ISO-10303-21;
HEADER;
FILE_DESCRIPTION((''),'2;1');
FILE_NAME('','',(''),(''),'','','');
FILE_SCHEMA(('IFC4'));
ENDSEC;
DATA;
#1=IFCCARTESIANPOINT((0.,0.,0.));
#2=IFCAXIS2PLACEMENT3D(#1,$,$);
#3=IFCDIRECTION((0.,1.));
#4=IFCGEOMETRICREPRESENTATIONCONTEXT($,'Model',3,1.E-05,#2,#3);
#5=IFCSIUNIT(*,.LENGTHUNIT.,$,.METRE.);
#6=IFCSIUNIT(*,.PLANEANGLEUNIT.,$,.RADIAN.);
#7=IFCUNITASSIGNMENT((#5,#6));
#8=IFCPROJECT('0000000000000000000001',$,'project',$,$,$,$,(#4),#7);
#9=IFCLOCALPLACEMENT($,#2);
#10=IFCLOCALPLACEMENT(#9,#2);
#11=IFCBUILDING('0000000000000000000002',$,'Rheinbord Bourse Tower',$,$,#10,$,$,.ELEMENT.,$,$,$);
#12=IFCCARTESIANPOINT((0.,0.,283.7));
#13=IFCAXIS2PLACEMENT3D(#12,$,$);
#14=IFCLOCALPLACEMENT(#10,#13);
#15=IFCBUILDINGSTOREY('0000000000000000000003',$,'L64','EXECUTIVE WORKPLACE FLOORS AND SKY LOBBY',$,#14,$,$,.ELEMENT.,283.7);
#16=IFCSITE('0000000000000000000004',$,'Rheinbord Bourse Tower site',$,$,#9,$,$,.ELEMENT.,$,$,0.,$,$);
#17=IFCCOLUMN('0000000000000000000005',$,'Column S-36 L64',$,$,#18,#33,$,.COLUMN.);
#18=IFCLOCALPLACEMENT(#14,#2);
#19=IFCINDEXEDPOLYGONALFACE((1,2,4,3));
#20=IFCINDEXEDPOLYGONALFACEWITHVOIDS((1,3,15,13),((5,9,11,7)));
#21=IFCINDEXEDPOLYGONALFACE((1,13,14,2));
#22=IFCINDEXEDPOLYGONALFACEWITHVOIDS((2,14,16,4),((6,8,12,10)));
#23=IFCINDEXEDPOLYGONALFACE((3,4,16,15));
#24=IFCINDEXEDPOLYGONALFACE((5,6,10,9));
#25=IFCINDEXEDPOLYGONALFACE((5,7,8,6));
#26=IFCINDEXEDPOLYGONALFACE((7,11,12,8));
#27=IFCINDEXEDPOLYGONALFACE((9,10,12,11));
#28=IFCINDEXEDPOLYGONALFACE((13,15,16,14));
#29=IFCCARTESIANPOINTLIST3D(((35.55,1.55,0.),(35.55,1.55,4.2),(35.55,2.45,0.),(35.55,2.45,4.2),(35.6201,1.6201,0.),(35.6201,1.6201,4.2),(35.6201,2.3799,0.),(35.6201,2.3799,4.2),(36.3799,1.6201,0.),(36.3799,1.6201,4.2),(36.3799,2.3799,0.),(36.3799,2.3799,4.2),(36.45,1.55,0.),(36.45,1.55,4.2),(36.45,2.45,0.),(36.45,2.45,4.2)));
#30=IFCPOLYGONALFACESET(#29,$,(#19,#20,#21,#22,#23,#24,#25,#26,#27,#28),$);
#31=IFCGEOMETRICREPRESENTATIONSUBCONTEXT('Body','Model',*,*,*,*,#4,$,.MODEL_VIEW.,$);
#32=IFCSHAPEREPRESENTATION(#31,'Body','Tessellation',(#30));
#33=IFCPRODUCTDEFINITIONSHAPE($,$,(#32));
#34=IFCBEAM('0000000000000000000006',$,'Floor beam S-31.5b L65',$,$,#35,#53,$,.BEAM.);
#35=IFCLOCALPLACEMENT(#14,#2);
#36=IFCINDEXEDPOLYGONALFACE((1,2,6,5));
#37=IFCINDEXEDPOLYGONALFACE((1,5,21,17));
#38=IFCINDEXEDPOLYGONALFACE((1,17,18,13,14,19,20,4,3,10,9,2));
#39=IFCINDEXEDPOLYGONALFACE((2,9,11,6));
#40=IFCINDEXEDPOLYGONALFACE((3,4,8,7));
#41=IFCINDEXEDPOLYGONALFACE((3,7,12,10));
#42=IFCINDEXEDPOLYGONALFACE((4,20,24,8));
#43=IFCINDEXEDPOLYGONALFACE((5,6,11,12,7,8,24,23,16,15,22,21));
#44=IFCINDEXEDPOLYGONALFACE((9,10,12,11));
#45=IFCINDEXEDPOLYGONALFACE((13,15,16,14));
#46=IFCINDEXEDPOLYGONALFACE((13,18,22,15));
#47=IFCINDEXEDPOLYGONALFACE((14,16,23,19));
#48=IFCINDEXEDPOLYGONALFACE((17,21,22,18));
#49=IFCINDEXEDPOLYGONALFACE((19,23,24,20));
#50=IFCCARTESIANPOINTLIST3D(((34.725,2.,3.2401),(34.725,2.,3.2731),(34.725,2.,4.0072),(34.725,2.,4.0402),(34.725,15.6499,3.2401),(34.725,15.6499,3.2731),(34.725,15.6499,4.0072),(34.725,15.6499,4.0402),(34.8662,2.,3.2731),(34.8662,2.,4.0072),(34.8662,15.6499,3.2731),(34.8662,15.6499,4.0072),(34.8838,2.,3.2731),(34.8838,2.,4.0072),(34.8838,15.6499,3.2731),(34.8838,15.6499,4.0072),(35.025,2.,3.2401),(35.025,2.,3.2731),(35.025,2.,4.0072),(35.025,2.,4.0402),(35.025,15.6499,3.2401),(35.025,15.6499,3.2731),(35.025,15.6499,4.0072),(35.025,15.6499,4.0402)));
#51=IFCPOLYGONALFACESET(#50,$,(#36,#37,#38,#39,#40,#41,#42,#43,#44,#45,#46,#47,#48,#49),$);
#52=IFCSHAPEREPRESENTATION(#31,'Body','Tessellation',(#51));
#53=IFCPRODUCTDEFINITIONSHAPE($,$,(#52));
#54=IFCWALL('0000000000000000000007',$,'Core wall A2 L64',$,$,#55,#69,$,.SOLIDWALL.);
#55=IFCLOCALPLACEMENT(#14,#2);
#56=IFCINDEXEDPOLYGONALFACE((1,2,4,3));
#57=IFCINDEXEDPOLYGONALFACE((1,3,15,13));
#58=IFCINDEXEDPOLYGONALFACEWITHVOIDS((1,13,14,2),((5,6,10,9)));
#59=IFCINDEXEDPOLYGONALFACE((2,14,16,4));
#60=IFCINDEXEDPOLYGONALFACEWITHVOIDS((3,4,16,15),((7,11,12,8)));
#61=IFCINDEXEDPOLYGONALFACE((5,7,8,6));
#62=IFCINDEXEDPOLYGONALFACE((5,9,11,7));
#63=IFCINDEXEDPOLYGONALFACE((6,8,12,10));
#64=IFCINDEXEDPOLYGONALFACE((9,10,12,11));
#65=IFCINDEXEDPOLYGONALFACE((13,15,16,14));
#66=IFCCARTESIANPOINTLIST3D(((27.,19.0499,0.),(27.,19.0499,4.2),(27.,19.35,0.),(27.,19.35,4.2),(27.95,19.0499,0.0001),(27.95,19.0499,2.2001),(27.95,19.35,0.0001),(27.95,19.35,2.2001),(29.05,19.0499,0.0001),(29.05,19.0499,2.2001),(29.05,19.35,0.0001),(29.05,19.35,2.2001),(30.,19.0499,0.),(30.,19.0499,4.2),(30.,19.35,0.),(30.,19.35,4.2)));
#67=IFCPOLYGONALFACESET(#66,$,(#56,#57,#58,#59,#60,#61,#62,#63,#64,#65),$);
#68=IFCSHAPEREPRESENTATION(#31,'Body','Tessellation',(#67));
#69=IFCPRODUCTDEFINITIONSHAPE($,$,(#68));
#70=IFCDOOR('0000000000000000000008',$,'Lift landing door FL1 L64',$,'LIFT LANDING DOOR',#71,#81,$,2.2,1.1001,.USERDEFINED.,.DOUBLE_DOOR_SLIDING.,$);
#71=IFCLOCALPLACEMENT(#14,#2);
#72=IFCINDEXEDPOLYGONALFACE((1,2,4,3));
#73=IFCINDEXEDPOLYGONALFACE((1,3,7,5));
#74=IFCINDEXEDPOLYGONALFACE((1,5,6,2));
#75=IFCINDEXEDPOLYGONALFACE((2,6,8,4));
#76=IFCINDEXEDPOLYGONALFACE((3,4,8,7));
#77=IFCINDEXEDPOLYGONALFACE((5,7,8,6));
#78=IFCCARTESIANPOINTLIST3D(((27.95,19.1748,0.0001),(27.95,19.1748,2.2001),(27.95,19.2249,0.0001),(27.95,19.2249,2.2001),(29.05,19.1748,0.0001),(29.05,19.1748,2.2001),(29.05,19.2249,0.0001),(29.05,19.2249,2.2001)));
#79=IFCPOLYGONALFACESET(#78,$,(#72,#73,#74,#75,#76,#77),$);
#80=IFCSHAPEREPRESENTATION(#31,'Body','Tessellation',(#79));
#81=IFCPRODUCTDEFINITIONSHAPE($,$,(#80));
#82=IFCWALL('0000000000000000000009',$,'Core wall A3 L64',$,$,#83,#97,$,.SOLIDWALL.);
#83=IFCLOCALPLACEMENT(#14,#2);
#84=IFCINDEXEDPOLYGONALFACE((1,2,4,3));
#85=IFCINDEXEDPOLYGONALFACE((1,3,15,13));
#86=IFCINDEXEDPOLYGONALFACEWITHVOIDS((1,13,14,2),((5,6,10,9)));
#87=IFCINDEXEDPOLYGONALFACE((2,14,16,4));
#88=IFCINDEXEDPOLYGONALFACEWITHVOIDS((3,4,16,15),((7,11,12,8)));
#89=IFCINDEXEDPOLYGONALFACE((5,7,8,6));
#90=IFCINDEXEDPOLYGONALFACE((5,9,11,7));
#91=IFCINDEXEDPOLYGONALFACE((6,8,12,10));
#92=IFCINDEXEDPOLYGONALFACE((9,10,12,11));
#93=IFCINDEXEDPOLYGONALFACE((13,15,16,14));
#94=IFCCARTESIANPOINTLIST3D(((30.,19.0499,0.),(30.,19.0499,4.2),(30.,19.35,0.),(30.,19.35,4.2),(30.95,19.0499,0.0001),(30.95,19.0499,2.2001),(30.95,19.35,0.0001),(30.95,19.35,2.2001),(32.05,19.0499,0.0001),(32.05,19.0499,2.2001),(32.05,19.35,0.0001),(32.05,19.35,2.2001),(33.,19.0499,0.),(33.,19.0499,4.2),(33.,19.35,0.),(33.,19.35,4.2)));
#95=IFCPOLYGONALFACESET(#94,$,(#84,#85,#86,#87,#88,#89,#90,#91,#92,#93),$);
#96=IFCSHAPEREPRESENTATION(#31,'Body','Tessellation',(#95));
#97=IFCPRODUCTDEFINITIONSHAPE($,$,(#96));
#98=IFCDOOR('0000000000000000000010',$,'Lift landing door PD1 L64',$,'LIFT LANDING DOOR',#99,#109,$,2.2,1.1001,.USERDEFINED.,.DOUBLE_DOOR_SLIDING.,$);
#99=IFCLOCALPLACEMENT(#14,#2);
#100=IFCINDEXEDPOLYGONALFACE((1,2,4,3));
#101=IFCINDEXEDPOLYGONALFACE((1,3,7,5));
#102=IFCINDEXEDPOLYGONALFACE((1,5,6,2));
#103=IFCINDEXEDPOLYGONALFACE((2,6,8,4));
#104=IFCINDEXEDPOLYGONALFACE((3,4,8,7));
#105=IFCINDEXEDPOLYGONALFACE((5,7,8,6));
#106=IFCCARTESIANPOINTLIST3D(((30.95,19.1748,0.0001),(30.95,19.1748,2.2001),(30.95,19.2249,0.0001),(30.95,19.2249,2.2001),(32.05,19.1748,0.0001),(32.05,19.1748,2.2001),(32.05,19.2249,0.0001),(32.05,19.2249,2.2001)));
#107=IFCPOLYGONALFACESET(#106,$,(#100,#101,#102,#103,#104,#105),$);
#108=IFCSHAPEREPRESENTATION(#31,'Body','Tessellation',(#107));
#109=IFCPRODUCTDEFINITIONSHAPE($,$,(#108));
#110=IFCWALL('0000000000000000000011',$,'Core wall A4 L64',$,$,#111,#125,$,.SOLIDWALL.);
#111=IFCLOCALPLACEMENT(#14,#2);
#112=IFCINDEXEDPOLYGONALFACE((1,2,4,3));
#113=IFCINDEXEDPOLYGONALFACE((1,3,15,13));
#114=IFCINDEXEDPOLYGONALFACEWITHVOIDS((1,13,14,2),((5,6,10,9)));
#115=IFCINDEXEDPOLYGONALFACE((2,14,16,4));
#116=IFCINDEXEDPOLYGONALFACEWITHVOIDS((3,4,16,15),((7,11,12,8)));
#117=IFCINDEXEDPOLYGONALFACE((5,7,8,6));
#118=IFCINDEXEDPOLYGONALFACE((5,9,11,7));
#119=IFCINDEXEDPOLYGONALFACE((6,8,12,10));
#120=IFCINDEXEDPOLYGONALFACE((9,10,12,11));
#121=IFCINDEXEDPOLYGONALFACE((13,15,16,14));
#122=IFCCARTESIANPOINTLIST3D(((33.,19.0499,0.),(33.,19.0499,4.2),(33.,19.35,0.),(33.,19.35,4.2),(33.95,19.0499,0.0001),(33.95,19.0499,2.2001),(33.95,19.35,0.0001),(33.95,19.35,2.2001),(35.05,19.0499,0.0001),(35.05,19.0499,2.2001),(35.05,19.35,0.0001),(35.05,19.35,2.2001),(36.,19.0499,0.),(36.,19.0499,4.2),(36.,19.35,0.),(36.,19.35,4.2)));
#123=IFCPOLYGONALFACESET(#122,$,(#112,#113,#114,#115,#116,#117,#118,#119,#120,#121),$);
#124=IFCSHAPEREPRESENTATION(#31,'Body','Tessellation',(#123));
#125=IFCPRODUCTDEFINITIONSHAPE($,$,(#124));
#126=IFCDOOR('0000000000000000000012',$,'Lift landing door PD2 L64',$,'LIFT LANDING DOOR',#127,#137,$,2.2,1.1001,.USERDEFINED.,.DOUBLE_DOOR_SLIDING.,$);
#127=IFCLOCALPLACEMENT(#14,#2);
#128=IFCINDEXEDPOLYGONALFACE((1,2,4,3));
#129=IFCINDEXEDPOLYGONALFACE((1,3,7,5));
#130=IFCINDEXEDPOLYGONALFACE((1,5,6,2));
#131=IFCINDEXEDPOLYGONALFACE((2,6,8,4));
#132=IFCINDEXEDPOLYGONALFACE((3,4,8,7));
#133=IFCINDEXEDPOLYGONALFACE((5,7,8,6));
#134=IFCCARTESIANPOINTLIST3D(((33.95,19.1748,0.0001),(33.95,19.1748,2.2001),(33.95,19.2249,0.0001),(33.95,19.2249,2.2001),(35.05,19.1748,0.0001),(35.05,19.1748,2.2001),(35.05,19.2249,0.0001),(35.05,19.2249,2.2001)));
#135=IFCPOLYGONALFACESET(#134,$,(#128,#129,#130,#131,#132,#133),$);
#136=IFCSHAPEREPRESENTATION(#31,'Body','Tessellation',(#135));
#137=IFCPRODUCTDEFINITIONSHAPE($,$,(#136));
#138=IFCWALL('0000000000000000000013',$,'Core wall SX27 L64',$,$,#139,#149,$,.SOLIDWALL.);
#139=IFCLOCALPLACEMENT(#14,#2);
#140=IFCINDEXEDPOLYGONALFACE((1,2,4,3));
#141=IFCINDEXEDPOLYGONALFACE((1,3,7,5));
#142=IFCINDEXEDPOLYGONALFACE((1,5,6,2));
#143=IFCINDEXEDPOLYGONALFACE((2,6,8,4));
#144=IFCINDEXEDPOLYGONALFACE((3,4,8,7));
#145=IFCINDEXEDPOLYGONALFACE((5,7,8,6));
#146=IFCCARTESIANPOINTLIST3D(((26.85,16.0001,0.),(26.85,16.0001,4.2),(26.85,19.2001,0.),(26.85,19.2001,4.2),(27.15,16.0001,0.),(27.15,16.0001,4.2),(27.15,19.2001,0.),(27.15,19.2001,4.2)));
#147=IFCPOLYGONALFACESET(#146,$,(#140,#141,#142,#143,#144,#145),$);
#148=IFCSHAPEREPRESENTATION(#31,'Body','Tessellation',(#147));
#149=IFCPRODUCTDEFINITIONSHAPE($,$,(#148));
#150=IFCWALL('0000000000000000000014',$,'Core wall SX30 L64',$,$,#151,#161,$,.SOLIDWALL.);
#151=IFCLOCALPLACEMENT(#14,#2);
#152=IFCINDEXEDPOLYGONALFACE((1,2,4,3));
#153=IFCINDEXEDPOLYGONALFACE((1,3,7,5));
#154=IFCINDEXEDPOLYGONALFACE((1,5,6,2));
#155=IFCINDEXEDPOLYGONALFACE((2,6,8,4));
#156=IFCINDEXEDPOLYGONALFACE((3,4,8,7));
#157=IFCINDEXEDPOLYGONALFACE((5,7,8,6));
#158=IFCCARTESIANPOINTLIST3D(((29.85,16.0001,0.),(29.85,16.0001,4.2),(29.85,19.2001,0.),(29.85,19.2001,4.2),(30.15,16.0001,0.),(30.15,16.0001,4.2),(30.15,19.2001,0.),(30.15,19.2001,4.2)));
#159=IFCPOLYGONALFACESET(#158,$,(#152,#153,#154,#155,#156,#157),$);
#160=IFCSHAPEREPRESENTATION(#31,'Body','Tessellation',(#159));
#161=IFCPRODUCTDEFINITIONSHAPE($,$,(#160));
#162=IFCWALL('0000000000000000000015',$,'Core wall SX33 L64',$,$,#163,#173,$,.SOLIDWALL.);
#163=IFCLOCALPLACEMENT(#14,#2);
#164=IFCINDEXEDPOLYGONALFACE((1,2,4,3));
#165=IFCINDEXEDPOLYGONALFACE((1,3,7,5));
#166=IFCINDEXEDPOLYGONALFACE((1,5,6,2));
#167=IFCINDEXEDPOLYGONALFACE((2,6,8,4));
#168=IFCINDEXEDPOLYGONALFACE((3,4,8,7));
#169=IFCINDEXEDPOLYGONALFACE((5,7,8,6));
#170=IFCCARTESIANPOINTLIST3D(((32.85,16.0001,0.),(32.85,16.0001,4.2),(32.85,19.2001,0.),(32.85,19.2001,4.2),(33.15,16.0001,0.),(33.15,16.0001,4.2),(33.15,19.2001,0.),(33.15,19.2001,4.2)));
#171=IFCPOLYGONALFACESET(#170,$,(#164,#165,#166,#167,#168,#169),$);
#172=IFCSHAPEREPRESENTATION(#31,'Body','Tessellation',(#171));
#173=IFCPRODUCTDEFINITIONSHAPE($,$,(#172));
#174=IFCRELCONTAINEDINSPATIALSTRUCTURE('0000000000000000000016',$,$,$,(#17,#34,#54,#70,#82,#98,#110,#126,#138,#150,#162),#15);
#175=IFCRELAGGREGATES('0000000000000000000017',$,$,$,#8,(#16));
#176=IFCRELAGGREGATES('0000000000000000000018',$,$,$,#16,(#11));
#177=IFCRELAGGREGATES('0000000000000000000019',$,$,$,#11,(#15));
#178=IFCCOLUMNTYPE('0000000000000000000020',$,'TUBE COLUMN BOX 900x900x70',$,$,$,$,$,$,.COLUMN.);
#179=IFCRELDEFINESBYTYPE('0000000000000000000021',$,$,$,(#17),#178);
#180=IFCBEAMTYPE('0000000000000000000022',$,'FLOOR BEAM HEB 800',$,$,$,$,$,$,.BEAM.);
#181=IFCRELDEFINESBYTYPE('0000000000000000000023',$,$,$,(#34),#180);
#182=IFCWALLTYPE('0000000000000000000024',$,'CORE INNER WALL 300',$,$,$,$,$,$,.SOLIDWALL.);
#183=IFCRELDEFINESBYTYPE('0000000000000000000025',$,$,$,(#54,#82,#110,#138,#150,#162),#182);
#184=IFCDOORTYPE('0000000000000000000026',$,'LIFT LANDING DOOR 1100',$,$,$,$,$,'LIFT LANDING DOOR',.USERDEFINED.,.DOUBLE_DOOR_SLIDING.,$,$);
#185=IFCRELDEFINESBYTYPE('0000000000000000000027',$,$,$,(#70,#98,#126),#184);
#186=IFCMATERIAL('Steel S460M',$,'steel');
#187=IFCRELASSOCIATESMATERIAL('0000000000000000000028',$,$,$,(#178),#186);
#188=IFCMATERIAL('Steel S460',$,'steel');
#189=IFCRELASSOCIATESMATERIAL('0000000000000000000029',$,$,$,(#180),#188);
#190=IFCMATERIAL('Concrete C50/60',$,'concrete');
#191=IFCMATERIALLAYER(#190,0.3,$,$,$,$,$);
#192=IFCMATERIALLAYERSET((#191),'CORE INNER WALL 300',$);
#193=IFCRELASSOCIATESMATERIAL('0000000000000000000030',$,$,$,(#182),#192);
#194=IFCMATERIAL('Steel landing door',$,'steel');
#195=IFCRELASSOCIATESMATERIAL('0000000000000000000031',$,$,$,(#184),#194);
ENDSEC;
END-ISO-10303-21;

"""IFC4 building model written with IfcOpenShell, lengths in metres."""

from ifc_helpers import new_model, si_unit, direction, frame, frame_2d, origin, origin_2d, place, context, subcontext, project, spatial, rectangle, hollow_rectangle, i_section, extrude, material, layer, layer_set, material_profile, profile_set, type_object, element, fill, save


model = new_model("IFC4")

# Units and contexts
model_context = context("Model", 3, precision=1e-05, world=origin(), true_north=direction((0.0, 1.0)))
body_context = subcontext(model_context, "Body", "Model", "MODEL_VIEW")
ifc_project = project(units=[si_unit("LENGTHUNIT", "METRE"), si_unit("PLANEANGLEUNIT", "RADIAN")], contexts=[model_context])

# Site, building, storey
site_placement = place(None, origin())
site = spatial("IfcSite", under=ifc_project, at=site_placement, Name="Rheinbord Bourse Tower site", CompositionType="ELEMENT", RefElevation=0.0)
building_placement = place(site_placement, origin())
building = spatial("IfcBuilding", under=site, at=building_placement, Name="Rheinbord Bourse Tower", CompositionType="ELEMENT")
storey_placement = place(building_placement, frame((0.0, 0.0, 283.7)))
storey = spatial("IfcBuildingStorey", under=building, at=storey_placement, Name="L64", Description="EXECUTIVE WORKPLACE FLOORS AND SKY LOBBY", CompositionType="ELEMENT", Elevation=283.7)

# Column
ifc_material_1 = material(Name="Steel S460M", Category="steel")
ifc_material_profile_1 = material_profile(ifc_material_1, hollow_rectangle(XDim=0.8999, YDim=0.8999, WallThickness=0.0701, at=origin_2d()), Name="BOX 900x900x70")
ifc_profile_set_1 = profile_set([ifc_material_profile_1], Name="Steel S460M")
column_type = type_object("IfcColumnType", Name="TUBE COLUMN BOX 900x900x70", PredefinedType="COLUMN", material=ifc_profile_set_1)
column_placement = place(storey_placement, frame((36.0, 2.0, 0.0), z_axis=(0.0, 0.0, 1.0), x_axis=(0.0, 1.0, 0.0)))
element("IfcColumn", 1, at=column_placement, inside=storey, type_object=column_type, Name="Column S-36 L64", PredefinedType="COLUMN", context=body_context, shape_type="SweptSolid", body=[
    extrude(hollow_rectangle(XDim=0.8999, YDim=0.8999, WallThickness=0.0701, at=origin_2d()), origin(), (0.0, 0.0, 1.0), 4.2),
])

# Beam
ifc_material_2 = material(Name="Steel S460", Category="steel")
ifc_material_profile_2 = material_profile(ifc_material_2, i_section(OverallWidth=0.3, OverallDepth=0.8, WebThickness=0.0176, FlangeThickness=0.033, at=origin_2d()), Name="HEB 800")
ifc_profile_set_2 = profile_set([ifc_material_profile_2], Name="Steel S460")
beam_type = type_object("IfcBeamType", Name="FLOOR BEAM HEB 800", PredefinedType="BEAM", material=ifc_profile_set_2)
beam_placement = place(storey_placement, frame((34.875, 2.0, 3.6401), z_axis=(0.0, 1.0, 0.0), x_axis=(-1.0, 0.0, 0.0)))
element("IfcBeam", 2, at=beam_placement, inside=storey, type_object=beam_type, Name="Floor beam S-31.5b L65", PredefinedType="BEAM", context=body_context, shape_type="SweptSolid", body=[
    extrude(i_section(OverallWidth=0.3, OverallDepth=0.8, WebThickness=0.0176, FlangeThickness=0.033, at=origin_2d()), origin(), (0.0, 0.0, 1.0), 13.6499),
])

# Walls, openings, doors
ifc_material_3 = material(Name="Concrete C50/60", Category="concrete")
ifc_layer_1 = layer(ifc_material_3, 0.3)
ifc_layer_set_1 = layer_set([ifc_layer_1], Name="CORE INNER WALL 300")
wall_type_1 = type_object("IfcWallType", Name="CORE INNER WALL 300", PredefinedType="SOLIDWALL", material=ifc_layer_set_1)
wall_1_placement = place(storey_placement, frame((27.0, 19.2, 0.0), z_axis=(0.0, 0.0, 1.0), x_axis=(1.0, 0.0, 0.0)))
wall_1 = element("IfcWall", 3, at=wall_1_placement, inside=storey, type_object=wall_type_1, Name="Core wall A2 L64", PredefinedType="SOLIDWALL", context=body_context, shape_type="SweptSolid", body=[
    extrude(rectangle(XDim=3.0, YDim=0.3, at=frame_2d((1.5, 0.0))), origin(), (0.0, 0.0, 1.0), 4.2),
])
opening_1_placement = place(wall_1_placement, frame((0.95, 0.0, 0.0)))
opening_1 = element("IfcOpeningElement", 4, at=opening_1_placement, cuts=wall_1, PredefinedType="OPENING", context=body_context, shape_type="SweptSolid", body=[
    extrude(rectangle(XDim=1.1001, YDim=2.2, at=frame_2d((0.55, 1.1001))), frame((0.0, 0.1599, 0.0), z_axis=(0.0, -1.0, 0.0), x_axis=(1.0, 0.0, 0.0)), (0.0, 0.0, 1.0), 0.3201),
])
ifc_material_4 = material(Name="Steel landing door", Category="steel")
door_type_1 = type_object("IfcDoorType", Name="LIFT LANDING DOOR 1100", ElementType="LIFT LANDING DOOR", OperationType="DOUBLE_DOOR_SLIDING", PredefinedType="USERDEFINED", material=ifc_material_4)
door_1_placement = place(opening_1_placement, origin())
door_1 = element("IfcDoor", 5, at=door_1_placement, inside=storey, type_object=door_type_1, Name="Lift landing door FL1 L64", ObjectType="LIFT LANDING DOOR", OperationType="DOUBLE_DOOR_SLIDING", OverallHeight=2.2, OverallWidth=1.1001, PredefinedType="USERDEFINED", context=body_context, shape_type="SweptSolid", body=[
    extrude(rectangle(XDim=1.1001, YDim=2.2, at=frame_2d((0.55, 1.1001))), frame((0.0, 0.0249, 0.0), z_axis=(0.0, -1.0, 0.0), x_axis=(1.0, 0.0, 0.0)), (0.0, 0.0, 1.0), 0.05),
])
fill(opening_1, door_1)
wall_2_placement = place(storey_placement, frame((30.0, 19.2, 0.0), z_axis=(0.0, 0.0, 1.0), x_axis=(1.0, 0.0, 0.0)))
wall_2 = element("IfcWall", 6, at=wall_2_placement, inside=storey, type_object=wall_type_1, Name="Core wall A3 L64", PredefinedType="SOLIDWALL", context=body_context, shape_type="SweptSolid", body=[
    extrude(rectangle(XDim=3.0, YDim=0.3, at=frame_2d((1.5, 0.0))), origin(), (0.0, 0.0, 1.0), 4.2),
])
opening_2_placement = place(wall_2_placement, frame((0.95, 0.0, 0.0)))
opening_2 = element("IfcOpeningElement", 7, at=opening_2_placement, cuts=wall_2, PredefinedType="OPENING", context=body_context, shape_type="SweptSolid", body=[
    extrude(rectangle(XDim=1.1001, YDim=2.2, at=frame_2d((0.55, 1.1001))), frame((0.0, 0.1599, 0.0), z_axis=(0.0, -1.0, 0.0), x_axis=(1.0, 0.0, 0.0)), (0.0, 0.0, 1.0), 0.3201),
])
door_2_placement = place(opening_2_placement, origin())
door_2 = element("IfcDoor", 8, at=door_2_placement, inside=storey, type_object=door_type_1, Name="Lift landing door PD1 L64", ObjectType="LIFT LANDING DOOR", OperationType="DOUBLE_DOOR_SLIDING", OverallHeight=2.2, OverallWidth=1.1001, PredefinedType="USERDEFINED", context=body_context, shape_type="SweptSolid", body=[
    extrude(rectangle(XDim=1.1001, YDim=2.2, at=frame_2d((0.55, 1.1001))), frame((0.0, 0.0249, 0.0), z_axis=(0.0, -1.0, 0.0), x_axis=(1.0, 0.0, 0.0)), (0.0, 0.0, 1.0), 0.05),
])
fill(opening_2, door_2)
wall_3_placement = place(storey_placement, frame((33.0, 19.2, 0.0), z_axis=(0.0, 0.0, 1.0), x_axis=(1.0, 0.0, 0.0)))
wall_3 = element("IfcWall", 9, at=wall_3_placement, inside=storey, type_object=wall_type_1, Name="Core wall A4 L64", PredefinedType="SOLIDWALL", context=body_context, shape_type="SweptSolid", body=[
    extrude(rectangle(XDim=3.0, YDim=0.3, at=frame_2d((1.5, 0.0))), origin(), (0.0, 0.0, 1.0), 4.2),
])
opening_3_placement = place(wall_3_placement, frame((0.95, 0.0, 0.0)))
opening_3 = element("IfcOpeningElement", 10, at=opening_3_placement, cuts=wall_3, PredefinedType="OPENING", context=body_context, shape_type="SweptSolid", body=[
    extrude(rectangle(XDim=1.1001, YDim=2.2, at=frame_2d((0.55, 1.1001))), frame((0.0, 0.1599, 0.0), z_axis=(0.0, -1.0, 0.0), x_axis=(1.0, 0.0, 0.0)), (0.0, 0.0, 1.0), 0.3201),
])
door_3_placement = place(opening_3_placement, origin())
door_3 = element("IfcDoor", 11, at=door_3_placement, inside=storey, type_object=door_type_1, Name="Lift landing door PD2 L64", ObjectType="LIFT LANDING DOOR", OperationType="DOUBLE_DOOR_SLIDING", OverallHeight=2.2, OverallWidth=1.1001, PredefinedType="USERDEFINED", context=body_context, shape_type="SweptSolid", body=[
    extrude(rectangle(XDim=1.1001, YDim=2.2, at=frame_2d((0.55, 1.1001))), frame((0.0, 0.0249, 0.0), z_axis=(0.0, -1.0, 0.0), x_axis=(1.0, 0.0, 0.0)), (0.0, 0.0, 1.0), 0.05),
])
fill(opening_3, door_3)

# Walls
for number, where, z_axis, x_axis, name in (
    (12, (27.0, 16.0, 0.0), (0.0, 0.0, 1.0), (0.0, 1.0, 0.0), "Core wall SX27 L64"),
    (13, (30.0, 16.0, 0.0), (0.0, 0.0, 1.0), (0.0, 1.0, 0.0), "Core wall SX30 L64"),
    (14, (33.0, 16.0, 0.0), (0.0, 0.0, 1.0), (0.0, 1.0, 0.0), "Core wall SX33 L64"),
):
    element("IfcWall", number, at=place(storey_placement, frame(where, z_axis=z_axis, x_axis=x_axis)), inside=storey, type_object=wall_type_1, Name=name, PredefinedType="SOLIDWALL", context=body_context, shape_type="SweptSolid", body=[
        extrude(rectangle(XDim=3.2, YDim=0.3, at=frame_2d((1.6001, 0.0))), origin(), (0.0, 0.0, 1.0), 4.2),
    ])

save(model, "model.ifc")
